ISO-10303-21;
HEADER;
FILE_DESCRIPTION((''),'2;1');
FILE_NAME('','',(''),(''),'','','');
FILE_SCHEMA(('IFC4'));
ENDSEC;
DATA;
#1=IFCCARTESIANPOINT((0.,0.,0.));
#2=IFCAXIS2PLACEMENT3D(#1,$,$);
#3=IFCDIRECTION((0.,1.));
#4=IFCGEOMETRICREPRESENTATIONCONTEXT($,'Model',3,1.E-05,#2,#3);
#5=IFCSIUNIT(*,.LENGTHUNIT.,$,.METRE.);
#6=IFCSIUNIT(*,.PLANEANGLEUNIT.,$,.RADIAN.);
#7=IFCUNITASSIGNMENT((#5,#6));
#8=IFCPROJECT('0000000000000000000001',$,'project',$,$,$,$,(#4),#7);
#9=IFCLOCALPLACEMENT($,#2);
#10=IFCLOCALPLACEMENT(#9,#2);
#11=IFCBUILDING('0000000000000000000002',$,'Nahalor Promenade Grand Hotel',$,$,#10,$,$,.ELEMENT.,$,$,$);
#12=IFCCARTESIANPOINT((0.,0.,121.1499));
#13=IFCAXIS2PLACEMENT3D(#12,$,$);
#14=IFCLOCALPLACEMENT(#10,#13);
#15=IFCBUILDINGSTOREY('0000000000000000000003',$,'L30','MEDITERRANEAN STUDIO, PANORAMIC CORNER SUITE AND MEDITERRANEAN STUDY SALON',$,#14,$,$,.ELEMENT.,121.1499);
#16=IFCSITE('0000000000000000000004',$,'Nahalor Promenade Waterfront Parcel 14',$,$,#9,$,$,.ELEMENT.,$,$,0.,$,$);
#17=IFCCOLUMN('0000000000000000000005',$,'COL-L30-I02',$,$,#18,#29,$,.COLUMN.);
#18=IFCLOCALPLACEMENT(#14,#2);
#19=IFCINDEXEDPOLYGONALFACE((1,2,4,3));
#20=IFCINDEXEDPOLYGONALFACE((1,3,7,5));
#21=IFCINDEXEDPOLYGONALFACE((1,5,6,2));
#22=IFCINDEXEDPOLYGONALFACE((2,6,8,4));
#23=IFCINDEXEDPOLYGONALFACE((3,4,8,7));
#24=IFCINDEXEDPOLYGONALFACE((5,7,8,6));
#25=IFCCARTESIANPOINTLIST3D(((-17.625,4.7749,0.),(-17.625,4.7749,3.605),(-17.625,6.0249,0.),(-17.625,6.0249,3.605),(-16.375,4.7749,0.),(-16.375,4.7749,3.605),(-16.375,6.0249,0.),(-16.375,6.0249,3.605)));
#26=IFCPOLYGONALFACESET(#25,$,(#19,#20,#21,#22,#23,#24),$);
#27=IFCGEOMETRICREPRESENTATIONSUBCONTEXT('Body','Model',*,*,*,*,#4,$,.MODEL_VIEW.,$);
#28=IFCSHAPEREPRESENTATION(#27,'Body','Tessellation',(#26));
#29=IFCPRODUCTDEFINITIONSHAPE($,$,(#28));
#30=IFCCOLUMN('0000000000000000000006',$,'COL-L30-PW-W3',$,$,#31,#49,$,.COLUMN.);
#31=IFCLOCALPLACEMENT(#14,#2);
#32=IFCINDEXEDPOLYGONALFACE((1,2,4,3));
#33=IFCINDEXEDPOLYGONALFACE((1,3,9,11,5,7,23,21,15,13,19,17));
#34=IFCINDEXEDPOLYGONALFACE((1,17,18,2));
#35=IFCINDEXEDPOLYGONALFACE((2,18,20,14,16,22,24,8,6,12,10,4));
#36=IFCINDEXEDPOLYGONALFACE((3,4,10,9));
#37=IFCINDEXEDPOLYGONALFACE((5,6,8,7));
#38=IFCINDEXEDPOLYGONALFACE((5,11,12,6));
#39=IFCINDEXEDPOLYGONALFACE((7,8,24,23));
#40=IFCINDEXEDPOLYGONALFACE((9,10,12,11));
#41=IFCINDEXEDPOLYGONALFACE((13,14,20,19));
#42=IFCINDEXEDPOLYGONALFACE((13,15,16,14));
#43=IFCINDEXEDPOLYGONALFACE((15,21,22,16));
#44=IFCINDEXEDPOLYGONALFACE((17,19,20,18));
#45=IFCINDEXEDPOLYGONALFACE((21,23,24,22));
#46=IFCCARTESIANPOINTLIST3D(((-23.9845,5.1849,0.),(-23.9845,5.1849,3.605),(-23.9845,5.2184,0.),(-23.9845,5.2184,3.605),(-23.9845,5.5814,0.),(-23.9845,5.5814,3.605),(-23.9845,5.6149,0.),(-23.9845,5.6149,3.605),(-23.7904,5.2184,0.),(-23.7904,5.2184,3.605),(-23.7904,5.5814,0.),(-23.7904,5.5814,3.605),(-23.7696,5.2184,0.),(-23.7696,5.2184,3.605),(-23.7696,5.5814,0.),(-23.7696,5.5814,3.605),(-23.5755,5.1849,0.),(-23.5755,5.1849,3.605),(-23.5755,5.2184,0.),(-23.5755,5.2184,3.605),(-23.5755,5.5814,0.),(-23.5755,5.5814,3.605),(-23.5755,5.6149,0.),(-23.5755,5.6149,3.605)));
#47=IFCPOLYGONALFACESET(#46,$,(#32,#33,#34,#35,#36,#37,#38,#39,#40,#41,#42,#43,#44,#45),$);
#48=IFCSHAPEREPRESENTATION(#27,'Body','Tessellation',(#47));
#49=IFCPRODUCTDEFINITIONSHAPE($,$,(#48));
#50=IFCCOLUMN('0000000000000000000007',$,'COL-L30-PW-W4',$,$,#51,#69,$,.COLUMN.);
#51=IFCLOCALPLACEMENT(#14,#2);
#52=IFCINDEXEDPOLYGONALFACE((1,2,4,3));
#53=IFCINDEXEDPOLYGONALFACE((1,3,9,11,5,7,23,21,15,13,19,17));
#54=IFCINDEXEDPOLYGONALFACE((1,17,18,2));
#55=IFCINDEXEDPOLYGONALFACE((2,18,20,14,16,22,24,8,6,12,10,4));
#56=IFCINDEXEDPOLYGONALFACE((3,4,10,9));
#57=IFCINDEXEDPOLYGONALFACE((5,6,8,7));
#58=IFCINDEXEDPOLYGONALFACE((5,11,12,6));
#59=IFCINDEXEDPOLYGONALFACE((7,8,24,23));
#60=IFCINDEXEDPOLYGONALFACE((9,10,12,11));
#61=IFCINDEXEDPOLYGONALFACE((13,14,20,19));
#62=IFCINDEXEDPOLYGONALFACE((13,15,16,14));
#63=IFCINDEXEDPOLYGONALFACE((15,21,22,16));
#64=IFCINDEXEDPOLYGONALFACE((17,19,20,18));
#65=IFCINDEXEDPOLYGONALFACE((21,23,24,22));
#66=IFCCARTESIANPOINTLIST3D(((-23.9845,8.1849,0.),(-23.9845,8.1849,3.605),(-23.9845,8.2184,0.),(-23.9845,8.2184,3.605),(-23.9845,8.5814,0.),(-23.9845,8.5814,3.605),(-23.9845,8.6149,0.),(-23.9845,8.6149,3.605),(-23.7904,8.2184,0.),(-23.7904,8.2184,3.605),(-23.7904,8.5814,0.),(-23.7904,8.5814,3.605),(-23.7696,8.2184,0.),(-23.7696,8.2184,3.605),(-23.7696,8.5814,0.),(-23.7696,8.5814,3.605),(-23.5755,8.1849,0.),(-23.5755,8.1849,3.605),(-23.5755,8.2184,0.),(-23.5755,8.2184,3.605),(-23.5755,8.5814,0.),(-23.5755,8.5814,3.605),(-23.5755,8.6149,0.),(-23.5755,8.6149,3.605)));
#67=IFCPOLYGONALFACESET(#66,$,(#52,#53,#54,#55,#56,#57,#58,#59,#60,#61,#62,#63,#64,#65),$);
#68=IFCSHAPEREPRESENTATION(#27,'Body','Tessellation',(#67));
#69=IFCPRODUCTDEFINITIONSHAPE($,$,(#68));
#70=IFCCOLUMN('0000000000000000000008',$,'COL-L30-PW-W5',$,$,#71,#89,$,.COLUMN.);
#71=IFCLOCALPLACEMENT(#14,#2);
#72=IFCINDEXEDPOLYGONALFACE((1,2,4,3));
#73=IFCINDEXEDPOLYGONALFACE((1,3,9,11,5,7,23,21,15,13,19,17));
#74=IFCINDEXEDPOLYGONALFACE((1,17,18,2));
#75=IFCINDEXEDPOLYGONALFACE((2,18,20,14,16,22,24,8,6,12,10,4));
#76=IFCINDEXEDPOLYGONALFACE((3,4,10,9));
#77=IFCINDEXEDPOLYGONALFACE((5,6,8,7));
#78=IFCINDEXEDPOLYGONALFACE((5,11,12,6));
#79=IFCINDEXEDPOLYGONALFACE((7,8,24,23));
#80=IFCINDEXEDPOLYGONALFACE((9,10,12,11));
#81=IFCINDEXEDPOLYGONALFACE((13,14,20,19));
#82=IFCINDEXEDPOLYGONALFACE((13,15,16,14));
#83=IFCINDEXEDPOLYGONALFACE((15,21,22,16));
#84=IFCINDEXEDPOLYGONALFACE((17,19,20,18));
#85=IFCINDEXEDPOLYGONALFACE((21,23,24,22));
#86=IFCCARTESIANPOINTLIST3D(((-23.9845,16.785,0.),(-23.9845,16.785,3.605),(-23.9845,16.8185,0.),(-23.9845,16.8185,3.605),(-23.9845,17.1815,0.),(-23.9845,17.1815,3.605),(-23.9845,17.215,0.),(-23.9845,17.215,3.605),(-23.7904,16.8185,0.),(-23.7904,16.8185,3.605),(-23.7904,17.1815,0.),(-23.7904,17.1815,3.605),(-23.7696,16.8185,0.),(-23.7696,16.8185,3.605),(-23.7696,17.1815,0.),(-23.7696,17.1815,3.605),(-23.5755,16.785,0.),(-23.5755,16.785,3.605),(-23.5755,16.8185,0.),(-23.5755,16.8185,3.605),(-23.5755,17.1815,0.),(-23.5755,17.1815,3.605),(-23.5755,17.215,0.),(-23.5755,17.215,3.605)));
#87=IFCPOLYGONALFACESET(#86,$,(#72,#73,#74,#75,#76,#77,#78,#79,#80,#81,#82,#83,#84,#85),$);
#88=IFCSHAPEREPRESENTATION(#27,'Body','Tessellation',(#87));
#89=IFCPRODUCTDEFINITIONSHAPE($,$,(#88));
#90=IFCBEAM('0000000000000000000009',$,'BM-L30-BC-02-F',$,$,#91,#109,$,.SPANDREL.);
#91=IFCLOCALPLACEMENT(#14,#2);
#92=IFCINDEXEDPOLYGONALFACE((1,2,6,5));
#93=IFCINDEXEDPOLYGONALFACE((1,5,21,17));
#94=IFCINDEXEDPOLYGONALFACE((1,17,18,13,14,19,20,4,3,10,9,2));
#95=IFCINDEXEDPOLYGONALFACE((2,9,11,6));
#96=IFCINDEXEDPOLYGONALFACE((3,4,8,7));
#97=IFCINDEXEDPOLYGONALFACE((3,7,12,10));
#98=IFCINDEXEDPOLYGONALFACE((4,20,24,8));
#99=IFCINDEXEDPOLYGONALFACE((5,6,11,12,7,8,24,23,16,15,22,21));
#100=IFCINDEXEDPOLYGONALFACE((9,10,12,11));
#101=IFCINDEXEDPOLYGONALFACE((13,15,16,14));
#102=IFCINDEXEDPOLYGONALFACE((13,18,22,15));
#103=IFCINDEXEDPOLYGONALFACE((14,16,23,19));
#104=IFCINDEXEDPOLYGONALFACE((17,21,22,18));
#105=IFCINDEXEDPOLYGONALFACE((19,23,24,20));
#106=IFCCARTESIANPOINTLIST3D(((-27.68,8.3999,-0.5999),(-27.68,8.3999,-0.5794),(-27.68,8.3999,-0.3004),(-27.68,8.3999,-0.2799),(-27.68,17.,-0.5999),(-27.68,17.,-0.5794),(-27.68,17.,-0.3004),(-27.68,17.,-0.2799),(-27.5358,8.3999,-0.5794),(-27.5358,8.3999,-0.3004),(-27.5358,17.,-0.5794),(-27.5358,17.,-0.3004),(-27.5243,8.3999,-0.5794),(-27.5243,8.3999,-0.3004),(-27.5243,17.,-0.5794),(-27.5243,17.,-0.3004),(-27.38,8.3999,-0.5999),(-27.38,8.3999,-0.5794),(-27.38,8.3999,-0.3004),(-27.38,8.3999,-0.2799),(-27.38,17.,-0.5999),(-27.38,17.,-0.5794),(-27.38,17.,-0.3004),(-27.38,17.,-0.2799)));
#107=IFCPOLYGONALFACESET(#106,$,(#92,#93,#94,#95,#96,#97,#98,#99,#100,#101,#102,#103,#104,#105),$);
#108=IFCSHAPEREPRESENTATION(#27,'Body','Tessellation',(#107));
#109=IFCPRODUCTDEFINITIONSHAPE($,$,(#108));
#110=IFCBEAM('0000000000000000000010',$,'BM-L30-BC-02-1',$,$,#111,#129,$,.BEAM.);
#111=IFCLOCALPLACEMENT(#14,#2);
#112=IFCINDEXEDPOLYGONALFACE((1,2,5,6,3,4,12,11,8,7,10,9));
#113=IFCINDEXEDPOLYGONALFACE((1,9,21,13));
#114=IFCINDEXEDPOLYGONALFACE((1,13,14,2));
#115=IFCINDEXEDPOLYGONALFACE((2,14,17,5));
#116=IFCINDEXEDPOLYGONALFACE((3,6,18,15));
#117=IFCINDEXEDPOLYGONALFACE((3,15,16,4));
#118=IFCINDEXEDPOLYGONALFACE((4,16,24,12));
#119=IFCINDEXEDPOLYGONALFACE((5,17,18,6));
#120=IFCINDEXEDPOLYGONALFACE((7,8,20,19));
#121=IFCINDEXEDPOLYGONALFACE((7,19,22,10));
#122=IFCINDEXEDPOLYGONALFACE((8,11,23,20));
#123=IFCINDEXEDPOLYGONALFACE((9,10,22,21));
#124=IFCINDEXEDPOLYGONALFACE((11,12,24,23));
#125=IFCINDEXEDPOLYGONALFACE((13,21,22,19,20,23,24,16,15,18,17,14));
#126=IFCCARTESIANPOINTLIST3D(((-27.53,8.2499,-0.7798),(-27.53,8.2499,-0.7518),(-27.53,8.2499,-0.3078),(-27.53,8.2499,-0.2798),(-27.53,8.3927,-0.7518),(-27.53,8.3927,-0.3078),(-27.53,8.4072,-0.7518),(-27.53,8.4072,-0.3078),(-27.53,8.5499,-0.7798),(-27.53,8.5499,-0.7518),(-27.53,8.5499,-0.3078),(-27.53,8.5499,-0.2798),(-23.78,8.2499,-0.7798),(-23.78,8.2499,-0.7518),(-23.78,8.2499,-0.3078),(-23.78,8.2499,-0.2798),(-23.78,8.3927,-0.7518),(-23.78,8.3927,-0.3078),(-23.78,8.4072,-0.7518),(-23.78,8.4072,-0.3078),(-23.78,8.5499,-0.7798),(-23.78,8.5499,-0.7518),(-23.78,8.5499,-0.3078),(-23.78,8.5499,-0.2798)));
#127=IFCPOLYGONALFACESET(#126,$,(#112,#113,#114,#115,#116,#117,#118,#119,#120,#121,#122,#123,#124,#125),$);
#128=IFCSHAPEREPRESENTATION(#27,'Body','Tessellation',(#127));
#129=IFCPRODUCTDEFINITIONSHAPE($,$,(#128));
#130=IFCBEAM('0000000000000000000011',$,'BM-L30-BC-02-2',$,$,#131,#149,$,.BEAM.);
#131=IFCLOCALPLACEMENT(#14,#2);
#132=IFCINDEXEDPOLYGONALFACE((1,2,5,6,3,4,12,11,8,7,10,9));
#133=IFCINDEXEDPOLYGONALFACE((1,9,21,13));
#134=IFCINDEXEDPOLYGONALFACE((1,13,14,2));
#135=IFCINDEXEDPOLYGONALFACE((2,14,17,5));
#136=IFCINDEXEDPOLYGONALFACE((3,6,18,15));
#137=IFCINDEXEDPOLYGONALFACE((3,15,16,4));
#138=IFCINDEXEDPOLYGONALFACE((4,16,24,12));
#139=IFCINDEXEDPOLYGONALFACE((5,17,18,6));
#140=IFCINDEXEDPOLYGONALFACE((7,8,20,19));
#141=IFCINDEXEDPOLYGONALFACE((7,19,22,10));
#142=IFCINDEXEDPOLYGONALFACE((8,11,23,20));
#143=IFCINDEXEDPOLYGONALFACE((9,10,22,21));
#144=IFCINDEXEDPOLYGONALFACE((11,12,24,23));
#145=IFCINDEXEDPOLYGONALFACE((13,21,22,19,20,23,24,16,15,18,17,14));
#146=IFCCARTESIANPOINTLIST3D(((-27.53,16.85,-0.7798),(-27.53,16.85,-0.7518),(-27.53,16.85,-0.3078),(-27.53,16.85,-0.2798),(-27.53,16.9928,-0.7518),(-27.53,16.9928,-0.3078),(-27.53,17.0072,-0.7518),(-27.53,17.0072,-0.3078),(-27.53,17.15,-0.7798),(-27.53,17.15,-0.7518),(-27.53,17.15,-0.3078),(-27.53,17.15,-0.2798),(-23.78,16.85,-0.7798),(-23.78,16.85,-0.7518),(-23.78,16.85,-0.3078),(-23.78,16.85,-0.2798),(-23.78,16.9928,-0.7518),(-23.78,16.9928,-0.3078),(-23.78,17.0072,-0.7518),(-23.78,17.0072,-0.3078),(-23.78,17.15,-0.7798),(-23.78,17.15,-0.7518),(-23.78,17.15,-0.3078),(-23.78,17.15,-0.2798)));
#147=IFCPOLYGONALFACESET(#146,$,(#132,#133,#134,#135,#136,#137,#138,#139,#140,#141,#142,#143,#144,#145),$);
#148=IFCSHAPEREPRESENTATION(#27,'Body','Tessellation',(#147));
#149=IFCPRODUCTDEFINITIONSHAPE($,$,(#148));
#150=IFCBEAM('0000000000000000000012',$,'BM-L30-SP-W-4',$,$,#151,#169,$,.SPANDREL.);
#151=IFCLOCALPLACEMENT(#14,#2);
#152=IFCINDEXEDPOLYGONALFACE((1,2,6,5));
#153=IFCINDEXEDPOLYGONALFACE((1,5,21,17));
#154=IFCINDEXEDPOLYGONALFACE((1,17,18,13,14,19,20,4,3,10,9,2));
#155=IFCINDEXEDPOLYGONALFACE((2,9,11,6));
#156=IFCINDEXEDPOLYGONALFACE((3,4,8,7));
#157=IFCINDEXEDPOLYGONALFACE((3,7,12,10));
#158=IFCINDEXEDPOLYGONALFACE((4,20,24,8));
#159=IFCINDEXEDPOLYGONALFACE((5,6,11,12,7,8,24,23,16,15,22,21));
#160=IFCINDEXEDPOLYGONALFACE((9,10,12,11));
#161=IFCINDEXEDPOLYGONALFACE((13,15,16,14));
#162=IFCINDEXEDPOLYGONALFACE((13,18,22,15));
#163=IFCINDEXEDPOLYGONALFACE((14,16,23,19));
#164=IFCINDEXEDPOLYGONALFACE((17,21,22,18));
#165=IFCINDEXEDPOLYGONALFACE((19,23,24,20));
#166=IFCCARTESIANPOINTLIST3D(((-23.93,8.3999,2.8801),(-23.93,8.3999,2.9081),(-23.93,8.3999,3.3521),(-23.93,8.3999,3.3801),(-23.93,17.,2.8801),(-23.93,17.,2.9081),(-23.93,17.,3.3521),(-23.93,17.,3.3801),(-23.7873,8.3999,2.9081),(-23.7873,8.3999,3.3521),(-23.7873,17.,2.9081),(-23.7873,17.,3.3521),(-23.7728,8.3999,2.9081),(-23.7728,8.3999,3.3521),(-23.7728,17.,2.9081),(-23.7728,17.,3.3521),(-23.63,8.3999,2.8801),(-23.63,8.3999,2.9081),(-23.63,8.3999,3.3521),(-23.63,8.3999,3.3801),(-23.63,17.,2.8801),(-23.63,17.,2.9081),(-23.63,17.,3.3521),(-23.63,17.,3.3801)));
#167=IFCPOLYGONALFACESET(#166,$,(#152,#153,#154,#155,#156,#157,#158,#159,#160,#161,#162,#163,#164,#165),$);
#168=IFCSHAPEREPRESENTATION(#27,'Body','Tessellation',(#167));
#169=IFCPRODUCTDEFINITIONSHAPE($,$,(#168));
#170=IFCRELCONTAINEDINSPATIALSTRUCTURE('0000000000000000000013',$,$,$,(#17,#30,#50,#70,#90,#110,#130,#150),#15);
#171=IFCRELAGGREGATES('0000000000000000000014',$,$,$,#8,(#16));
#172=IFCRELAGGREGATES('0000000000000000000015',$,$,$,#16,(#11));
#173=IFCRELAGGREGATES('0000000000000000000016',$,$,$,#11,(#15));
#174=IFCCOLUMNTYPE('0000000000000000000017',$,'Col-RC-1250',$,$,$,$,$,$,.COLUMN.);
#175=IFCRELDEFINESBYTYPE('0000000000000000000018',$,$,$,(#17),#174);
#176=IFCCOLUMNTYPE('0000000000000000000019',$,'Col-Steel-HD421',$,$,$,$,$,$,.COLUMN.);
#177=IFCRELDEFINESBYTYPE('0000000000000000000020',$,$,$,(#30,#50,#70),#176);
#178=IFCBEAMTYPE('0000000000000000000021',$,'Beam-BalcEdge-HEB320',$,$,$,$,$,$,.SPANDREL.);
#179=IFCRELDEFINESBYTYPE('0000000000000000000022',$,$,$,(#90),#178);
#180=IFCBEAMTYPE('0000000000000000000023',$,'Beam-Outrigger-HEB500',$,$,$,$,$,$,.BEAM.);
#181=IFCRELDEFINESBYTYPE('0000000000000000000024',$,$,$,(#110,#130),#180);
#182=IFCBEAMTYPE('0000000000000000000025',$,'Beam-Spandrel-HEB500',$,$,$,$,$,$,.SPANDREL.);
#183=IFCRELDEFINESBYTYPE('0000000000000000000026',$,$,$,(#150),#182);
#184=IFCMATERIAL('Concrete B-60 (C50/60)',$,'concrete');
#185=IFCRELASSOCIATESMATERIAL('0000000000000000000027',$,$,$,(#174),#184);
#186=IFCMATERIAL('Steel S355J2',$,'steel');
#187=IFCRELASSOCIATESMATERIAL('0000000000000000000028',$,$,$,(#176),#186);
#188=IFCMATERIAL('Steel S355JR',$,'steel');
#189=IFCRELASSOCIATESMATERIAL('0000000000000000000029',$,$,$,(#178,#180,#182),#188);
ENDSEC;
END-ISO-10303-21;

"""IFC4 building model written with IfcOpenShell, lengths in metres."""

from ifc_helpers import new_model, si_unit, direction, frame, origin, origin_2d, place, context, subcontext, project, spatial, rectangle, i_section, extrude, source, transform, mapped, material, material_profile, profile_set, type_object, element, save


model = new_model("IFC4")

# Units and contexts
model_context = context("Model", 3, precision=1e-05, world=origin(), true_north=direction((0.0, 1.0)))
body_context = subcontext(model_context, "Body", "Model", "MODEL_VIEW")
ifc_project = project(units=[si_unit("LENGTHUNIT", "METRE"), si_unit("PLANEANGLEUNIT", "RADIAN")], contexts=[model_context])

# Site, building, storey
site_placement = place(None, origin())
site = spatial("IfcSite", under=ifc_project, at=site_placement, Name="Nahalor Promenade Waterfront Parcel 14", CompositionType="ELEMENT", RefElevation=0.0)
building_placement = place(site_placement, origin())
building = spatial("IfcBuilding", under=site, at=building_placement, Name="Nahalor Promenade Grand Hotel", CompositionType="ELEMENT")
storey_placement = place(building_placement, frame((0.0, 0.0, 121.1499)))
storey = spatial("IfcBuildingStorey", under=building, at=storey_placement, Name="L30", Description="MEDITERRANEAN STUDIO, PANORAMIC CORNER SUITE AND MEDITERRANEAN STUDY SALON", CompositionType="ELEMENT", Elevation=121.1499)

# Columns
ifc_material_1 = material(Name="Concrete B-60 (C50/60)", Category="concrete")
ifc_material_profile_1 = material_profile(ifc_material_1, rectangle(XDim=1.25, YDim=1.25, at=origin_2d()), Name="RC 1250x1250")
ifc_profile_set_1 = profile_set([ifc_material_profile_1], Name="Concrete B-60 (C50/60)")
column_type_1 = type_object("IfcColumnType", Name="Col-RC-1250", PredefinedType="COLUMN", material=ifc_profile_set_1)
shared_shape_1 = source(origin(), body_context, "Body", "SweptSolid", [
    extrude(rectangle(XDim=1.25, YDim=1.25, at=origin_2d()), origin(), (0.0, 0.0, 1.0), 3.605),
])
column_placement = place(storey_placement, frame((-17.0, 5.3999, 0.0), z_axis=(0.0, 0.0, 1.0), x_axis=(1.0, 0.0, 0.0)))
element("IfcColumn", 1, at=column_placement, inside=storey, type_object=column_type_1, Name="COL-L30-I02", PredefinedType="COLUMN", context=body_context, shape_type="MappedRepresentation", body=[
    mapped(shared_shape_1, transform((0.0, 0.0, 0.0), scale=1.0)),
])
ifc_material_2 = material(Name="Steel S355J2", Category="steel")
ifc_material_profile_2 = material_profile(ifc_material_2, i_section(OverallWidth=0.409, OverallDepth=0.43, WebThickness=0.0208, FlangeThickness=0.0335, at=origin_2d()), Name="HD 400x421")
ifc_profile_set_2 = profile_set([ifc_material_profile_2], Name="Steel S355J2")
column_type_2 = type_object("IfcColumnType", Name="Col-Steel-HD421", PredefinedType="COLUMN", material=ifc_profile_set_2)
shared_shape_2 = source(origin(), body_context, "Body", "SweptSolid", [
    extrude(i_section(OverallWidth=0.409, OverallDepth=0.43, WebThickness=0.0208, FlangeThickness=0.0335, at=origin_2d()), origin(), (0.0, 0.0, 1.0), 3.605),
])
for number, where, z_axis, x_axis, name in (
    (2, (-23.78, 5.3999, 0.0), (0.0, 0.0, 1.0), (1.0, 0.0, 0.0), "COL-L30-PW-W3"),
    (3, (-23.78, 8.3999, 0.0), (0.0, 0.0, 1.0), (1.0, 0.0, 0.0), "COL-L30-PW-W4"),
    (4, (-23.78, 17.0, 0.0), (0.0, 0.0, 1.0), (1.0, 0.0, 0.0), "COL-L30-PW-W5"),
):
    element("IfcColumn", number, at=place(storey_placement, frame(where, z_axis=z_axis, x_axis=x_axis)), inside=storey, type_object=column_type_2, Name=name, PredefinedType="COLUMN", context=body_context, shape_type="MappedRepresentation", body=[
        mapped(shared_shape_2, transform((0.0, 0.0, 0.0), scale=1.0)),
    ])

# Beams
ifc_material_3 = material(Name="Steel S355JR", Category="steel")
ifc_material_profile_3 = material_profile(ifc_material_3, i_section(OverallWidth=0.3, OverallDepth=0.32, WebThickness=0.0115, FlangeThickness=0.0205, at=origin_2d()), Name="HEB 320")
ifc_profile_set_3 = profile_set([ifc_material_profile_3], Name="Steel S355JR")
beam_type_1 = type_object("IfcBeamType", Name="Beam-BalcEdge-HEB320", PredefinedType="SPANDREL", material=ifc_profile_set_3)
shared_shape_3 = source(origin(), body_context, "Body", "SweptSolid", [
    extrude(i_section(OverallWidth=0.3, OverallDepth=0.32, WebThickness=0.0115, FlangeThickness=0.0205, at=origin_2d()), origin(), (0.0, 0.0, 1.0), 8.6001),
])
beam_1_placement = place(storey_placement, frame((-27.53, 8.3999, -0.4399), z_axis=(0.0, 1.0, 0.0), x_axis=(-1.0, 0.0, 0.0)))
element("IfcBeam", 5, at=beam_1_placement, inside=storey, type_object=beam_type_1, Name="BM-L30-BC-02-F", PredefinedType="SPANDREL", context=body_context, shape_type="MappedRepresentation", body=[
    mapped(shared_shape_3, transform((0.0, 0.0, 0.0), scale=1.0)),
])
ifc_material_profile_4 = material_profile(ifc_material_3, i_section(OverallWidth=0.3, OverallDepth=0.5, WebThickness=0.0145, FlangeThickness=0.028, at=origin_2d()), Name="HEB 500")
ifc_profile_set_4 = profile_set([ifc_material_profile_4], Name="Steel S355JR")
beam_type_2 = type_object("IfcBeamType", Name="Beam-Outrigger-HEB500", PredefinedType="BEAM", material=ifc_profile_set_4)
shared_shape_4 = source(origin(), body_context, "Body", "SweptSolid", [
    extrude(i_section(OverallWidth=0.3, OverallDepth=0.5, WebThickness=0.0145, FlangeThickness=0.028, at=origin_2d()), origin(), (0.0, 0.0, 1.0), 3.75),
])
for number, where, z_axis, x_axis, name in (
    (6, (-27.53, 8.3999, -0.5298), (1.0, 0.0, 0.0), (0.0, 1.0, 0.0), "BM-L30-BC-02-1"),
    (7, (-27.53, 17.0, -0.5298), (1.0, 0.0, 0.0), (0.0, 1.0, 0.0), "BM-L30-BC-02-2"),
):
    element("IfcBeam", number, at=place(storey_placement, frame(where, z_axis=z_axis, x_axis=x_axis)), inside=storey, type_object=beam_type_2, Name=name, PredefinedType="BEAM", context=body_context, shape_type="MappedRepresentation", body=[
        mapped(shared_shape_4, transform((0.0, 0.0, 0.0), scale=1.0)),
    ])
ifc_material_profile_5 = material_profile(ifc_material_3, i_section(OverallWidth=0.3, OverallDepth=0.5, WebThickness=0.0145, FlangeThickness=0.028, at=origin_2d()), Name="HEB 500")
ifc_profile_set_5 = profile_set([ifc_material_profile_5], Name="Steel S355JR")
beam_type_3 = type_object("IfcBeamType", Name="Beam-Spandrel-HEB500", PredefinedType="SPANDREL", material=ifc_profile_set_5)
shared_shape_5 = source(origin(), body_context, "Body", "SweptSolid", [
    extrude(i_section(OverallWidth=0.3, OverallDepth=0.5, WebThickness=0.0145, FlangeThickness=0.028, at=origin_2d()), origin(), (0.0, 0.0, 1.0), 8.6001),
])
beam_2_placement = place(storey_placement, frame((-23.78, 8.3999, 3.1301), z_axis=(0.0, 1.0, 0.0), x_axis=(-1.0, 0.0, 0.0)))
element("IfcBeam", 8, at=beam_2_placement, inside=storey, type_object=beam_type_3, Name="BM-L30-SP-W-4", PredefinedType="SPANDREL", context=body_context, shape_type="MappedRepresentation", body=[
    mapped(shared_shape_5, transform((0.0, 0.0, 0.0), scale=1.0)),
])

save(model, "model.ifc")
